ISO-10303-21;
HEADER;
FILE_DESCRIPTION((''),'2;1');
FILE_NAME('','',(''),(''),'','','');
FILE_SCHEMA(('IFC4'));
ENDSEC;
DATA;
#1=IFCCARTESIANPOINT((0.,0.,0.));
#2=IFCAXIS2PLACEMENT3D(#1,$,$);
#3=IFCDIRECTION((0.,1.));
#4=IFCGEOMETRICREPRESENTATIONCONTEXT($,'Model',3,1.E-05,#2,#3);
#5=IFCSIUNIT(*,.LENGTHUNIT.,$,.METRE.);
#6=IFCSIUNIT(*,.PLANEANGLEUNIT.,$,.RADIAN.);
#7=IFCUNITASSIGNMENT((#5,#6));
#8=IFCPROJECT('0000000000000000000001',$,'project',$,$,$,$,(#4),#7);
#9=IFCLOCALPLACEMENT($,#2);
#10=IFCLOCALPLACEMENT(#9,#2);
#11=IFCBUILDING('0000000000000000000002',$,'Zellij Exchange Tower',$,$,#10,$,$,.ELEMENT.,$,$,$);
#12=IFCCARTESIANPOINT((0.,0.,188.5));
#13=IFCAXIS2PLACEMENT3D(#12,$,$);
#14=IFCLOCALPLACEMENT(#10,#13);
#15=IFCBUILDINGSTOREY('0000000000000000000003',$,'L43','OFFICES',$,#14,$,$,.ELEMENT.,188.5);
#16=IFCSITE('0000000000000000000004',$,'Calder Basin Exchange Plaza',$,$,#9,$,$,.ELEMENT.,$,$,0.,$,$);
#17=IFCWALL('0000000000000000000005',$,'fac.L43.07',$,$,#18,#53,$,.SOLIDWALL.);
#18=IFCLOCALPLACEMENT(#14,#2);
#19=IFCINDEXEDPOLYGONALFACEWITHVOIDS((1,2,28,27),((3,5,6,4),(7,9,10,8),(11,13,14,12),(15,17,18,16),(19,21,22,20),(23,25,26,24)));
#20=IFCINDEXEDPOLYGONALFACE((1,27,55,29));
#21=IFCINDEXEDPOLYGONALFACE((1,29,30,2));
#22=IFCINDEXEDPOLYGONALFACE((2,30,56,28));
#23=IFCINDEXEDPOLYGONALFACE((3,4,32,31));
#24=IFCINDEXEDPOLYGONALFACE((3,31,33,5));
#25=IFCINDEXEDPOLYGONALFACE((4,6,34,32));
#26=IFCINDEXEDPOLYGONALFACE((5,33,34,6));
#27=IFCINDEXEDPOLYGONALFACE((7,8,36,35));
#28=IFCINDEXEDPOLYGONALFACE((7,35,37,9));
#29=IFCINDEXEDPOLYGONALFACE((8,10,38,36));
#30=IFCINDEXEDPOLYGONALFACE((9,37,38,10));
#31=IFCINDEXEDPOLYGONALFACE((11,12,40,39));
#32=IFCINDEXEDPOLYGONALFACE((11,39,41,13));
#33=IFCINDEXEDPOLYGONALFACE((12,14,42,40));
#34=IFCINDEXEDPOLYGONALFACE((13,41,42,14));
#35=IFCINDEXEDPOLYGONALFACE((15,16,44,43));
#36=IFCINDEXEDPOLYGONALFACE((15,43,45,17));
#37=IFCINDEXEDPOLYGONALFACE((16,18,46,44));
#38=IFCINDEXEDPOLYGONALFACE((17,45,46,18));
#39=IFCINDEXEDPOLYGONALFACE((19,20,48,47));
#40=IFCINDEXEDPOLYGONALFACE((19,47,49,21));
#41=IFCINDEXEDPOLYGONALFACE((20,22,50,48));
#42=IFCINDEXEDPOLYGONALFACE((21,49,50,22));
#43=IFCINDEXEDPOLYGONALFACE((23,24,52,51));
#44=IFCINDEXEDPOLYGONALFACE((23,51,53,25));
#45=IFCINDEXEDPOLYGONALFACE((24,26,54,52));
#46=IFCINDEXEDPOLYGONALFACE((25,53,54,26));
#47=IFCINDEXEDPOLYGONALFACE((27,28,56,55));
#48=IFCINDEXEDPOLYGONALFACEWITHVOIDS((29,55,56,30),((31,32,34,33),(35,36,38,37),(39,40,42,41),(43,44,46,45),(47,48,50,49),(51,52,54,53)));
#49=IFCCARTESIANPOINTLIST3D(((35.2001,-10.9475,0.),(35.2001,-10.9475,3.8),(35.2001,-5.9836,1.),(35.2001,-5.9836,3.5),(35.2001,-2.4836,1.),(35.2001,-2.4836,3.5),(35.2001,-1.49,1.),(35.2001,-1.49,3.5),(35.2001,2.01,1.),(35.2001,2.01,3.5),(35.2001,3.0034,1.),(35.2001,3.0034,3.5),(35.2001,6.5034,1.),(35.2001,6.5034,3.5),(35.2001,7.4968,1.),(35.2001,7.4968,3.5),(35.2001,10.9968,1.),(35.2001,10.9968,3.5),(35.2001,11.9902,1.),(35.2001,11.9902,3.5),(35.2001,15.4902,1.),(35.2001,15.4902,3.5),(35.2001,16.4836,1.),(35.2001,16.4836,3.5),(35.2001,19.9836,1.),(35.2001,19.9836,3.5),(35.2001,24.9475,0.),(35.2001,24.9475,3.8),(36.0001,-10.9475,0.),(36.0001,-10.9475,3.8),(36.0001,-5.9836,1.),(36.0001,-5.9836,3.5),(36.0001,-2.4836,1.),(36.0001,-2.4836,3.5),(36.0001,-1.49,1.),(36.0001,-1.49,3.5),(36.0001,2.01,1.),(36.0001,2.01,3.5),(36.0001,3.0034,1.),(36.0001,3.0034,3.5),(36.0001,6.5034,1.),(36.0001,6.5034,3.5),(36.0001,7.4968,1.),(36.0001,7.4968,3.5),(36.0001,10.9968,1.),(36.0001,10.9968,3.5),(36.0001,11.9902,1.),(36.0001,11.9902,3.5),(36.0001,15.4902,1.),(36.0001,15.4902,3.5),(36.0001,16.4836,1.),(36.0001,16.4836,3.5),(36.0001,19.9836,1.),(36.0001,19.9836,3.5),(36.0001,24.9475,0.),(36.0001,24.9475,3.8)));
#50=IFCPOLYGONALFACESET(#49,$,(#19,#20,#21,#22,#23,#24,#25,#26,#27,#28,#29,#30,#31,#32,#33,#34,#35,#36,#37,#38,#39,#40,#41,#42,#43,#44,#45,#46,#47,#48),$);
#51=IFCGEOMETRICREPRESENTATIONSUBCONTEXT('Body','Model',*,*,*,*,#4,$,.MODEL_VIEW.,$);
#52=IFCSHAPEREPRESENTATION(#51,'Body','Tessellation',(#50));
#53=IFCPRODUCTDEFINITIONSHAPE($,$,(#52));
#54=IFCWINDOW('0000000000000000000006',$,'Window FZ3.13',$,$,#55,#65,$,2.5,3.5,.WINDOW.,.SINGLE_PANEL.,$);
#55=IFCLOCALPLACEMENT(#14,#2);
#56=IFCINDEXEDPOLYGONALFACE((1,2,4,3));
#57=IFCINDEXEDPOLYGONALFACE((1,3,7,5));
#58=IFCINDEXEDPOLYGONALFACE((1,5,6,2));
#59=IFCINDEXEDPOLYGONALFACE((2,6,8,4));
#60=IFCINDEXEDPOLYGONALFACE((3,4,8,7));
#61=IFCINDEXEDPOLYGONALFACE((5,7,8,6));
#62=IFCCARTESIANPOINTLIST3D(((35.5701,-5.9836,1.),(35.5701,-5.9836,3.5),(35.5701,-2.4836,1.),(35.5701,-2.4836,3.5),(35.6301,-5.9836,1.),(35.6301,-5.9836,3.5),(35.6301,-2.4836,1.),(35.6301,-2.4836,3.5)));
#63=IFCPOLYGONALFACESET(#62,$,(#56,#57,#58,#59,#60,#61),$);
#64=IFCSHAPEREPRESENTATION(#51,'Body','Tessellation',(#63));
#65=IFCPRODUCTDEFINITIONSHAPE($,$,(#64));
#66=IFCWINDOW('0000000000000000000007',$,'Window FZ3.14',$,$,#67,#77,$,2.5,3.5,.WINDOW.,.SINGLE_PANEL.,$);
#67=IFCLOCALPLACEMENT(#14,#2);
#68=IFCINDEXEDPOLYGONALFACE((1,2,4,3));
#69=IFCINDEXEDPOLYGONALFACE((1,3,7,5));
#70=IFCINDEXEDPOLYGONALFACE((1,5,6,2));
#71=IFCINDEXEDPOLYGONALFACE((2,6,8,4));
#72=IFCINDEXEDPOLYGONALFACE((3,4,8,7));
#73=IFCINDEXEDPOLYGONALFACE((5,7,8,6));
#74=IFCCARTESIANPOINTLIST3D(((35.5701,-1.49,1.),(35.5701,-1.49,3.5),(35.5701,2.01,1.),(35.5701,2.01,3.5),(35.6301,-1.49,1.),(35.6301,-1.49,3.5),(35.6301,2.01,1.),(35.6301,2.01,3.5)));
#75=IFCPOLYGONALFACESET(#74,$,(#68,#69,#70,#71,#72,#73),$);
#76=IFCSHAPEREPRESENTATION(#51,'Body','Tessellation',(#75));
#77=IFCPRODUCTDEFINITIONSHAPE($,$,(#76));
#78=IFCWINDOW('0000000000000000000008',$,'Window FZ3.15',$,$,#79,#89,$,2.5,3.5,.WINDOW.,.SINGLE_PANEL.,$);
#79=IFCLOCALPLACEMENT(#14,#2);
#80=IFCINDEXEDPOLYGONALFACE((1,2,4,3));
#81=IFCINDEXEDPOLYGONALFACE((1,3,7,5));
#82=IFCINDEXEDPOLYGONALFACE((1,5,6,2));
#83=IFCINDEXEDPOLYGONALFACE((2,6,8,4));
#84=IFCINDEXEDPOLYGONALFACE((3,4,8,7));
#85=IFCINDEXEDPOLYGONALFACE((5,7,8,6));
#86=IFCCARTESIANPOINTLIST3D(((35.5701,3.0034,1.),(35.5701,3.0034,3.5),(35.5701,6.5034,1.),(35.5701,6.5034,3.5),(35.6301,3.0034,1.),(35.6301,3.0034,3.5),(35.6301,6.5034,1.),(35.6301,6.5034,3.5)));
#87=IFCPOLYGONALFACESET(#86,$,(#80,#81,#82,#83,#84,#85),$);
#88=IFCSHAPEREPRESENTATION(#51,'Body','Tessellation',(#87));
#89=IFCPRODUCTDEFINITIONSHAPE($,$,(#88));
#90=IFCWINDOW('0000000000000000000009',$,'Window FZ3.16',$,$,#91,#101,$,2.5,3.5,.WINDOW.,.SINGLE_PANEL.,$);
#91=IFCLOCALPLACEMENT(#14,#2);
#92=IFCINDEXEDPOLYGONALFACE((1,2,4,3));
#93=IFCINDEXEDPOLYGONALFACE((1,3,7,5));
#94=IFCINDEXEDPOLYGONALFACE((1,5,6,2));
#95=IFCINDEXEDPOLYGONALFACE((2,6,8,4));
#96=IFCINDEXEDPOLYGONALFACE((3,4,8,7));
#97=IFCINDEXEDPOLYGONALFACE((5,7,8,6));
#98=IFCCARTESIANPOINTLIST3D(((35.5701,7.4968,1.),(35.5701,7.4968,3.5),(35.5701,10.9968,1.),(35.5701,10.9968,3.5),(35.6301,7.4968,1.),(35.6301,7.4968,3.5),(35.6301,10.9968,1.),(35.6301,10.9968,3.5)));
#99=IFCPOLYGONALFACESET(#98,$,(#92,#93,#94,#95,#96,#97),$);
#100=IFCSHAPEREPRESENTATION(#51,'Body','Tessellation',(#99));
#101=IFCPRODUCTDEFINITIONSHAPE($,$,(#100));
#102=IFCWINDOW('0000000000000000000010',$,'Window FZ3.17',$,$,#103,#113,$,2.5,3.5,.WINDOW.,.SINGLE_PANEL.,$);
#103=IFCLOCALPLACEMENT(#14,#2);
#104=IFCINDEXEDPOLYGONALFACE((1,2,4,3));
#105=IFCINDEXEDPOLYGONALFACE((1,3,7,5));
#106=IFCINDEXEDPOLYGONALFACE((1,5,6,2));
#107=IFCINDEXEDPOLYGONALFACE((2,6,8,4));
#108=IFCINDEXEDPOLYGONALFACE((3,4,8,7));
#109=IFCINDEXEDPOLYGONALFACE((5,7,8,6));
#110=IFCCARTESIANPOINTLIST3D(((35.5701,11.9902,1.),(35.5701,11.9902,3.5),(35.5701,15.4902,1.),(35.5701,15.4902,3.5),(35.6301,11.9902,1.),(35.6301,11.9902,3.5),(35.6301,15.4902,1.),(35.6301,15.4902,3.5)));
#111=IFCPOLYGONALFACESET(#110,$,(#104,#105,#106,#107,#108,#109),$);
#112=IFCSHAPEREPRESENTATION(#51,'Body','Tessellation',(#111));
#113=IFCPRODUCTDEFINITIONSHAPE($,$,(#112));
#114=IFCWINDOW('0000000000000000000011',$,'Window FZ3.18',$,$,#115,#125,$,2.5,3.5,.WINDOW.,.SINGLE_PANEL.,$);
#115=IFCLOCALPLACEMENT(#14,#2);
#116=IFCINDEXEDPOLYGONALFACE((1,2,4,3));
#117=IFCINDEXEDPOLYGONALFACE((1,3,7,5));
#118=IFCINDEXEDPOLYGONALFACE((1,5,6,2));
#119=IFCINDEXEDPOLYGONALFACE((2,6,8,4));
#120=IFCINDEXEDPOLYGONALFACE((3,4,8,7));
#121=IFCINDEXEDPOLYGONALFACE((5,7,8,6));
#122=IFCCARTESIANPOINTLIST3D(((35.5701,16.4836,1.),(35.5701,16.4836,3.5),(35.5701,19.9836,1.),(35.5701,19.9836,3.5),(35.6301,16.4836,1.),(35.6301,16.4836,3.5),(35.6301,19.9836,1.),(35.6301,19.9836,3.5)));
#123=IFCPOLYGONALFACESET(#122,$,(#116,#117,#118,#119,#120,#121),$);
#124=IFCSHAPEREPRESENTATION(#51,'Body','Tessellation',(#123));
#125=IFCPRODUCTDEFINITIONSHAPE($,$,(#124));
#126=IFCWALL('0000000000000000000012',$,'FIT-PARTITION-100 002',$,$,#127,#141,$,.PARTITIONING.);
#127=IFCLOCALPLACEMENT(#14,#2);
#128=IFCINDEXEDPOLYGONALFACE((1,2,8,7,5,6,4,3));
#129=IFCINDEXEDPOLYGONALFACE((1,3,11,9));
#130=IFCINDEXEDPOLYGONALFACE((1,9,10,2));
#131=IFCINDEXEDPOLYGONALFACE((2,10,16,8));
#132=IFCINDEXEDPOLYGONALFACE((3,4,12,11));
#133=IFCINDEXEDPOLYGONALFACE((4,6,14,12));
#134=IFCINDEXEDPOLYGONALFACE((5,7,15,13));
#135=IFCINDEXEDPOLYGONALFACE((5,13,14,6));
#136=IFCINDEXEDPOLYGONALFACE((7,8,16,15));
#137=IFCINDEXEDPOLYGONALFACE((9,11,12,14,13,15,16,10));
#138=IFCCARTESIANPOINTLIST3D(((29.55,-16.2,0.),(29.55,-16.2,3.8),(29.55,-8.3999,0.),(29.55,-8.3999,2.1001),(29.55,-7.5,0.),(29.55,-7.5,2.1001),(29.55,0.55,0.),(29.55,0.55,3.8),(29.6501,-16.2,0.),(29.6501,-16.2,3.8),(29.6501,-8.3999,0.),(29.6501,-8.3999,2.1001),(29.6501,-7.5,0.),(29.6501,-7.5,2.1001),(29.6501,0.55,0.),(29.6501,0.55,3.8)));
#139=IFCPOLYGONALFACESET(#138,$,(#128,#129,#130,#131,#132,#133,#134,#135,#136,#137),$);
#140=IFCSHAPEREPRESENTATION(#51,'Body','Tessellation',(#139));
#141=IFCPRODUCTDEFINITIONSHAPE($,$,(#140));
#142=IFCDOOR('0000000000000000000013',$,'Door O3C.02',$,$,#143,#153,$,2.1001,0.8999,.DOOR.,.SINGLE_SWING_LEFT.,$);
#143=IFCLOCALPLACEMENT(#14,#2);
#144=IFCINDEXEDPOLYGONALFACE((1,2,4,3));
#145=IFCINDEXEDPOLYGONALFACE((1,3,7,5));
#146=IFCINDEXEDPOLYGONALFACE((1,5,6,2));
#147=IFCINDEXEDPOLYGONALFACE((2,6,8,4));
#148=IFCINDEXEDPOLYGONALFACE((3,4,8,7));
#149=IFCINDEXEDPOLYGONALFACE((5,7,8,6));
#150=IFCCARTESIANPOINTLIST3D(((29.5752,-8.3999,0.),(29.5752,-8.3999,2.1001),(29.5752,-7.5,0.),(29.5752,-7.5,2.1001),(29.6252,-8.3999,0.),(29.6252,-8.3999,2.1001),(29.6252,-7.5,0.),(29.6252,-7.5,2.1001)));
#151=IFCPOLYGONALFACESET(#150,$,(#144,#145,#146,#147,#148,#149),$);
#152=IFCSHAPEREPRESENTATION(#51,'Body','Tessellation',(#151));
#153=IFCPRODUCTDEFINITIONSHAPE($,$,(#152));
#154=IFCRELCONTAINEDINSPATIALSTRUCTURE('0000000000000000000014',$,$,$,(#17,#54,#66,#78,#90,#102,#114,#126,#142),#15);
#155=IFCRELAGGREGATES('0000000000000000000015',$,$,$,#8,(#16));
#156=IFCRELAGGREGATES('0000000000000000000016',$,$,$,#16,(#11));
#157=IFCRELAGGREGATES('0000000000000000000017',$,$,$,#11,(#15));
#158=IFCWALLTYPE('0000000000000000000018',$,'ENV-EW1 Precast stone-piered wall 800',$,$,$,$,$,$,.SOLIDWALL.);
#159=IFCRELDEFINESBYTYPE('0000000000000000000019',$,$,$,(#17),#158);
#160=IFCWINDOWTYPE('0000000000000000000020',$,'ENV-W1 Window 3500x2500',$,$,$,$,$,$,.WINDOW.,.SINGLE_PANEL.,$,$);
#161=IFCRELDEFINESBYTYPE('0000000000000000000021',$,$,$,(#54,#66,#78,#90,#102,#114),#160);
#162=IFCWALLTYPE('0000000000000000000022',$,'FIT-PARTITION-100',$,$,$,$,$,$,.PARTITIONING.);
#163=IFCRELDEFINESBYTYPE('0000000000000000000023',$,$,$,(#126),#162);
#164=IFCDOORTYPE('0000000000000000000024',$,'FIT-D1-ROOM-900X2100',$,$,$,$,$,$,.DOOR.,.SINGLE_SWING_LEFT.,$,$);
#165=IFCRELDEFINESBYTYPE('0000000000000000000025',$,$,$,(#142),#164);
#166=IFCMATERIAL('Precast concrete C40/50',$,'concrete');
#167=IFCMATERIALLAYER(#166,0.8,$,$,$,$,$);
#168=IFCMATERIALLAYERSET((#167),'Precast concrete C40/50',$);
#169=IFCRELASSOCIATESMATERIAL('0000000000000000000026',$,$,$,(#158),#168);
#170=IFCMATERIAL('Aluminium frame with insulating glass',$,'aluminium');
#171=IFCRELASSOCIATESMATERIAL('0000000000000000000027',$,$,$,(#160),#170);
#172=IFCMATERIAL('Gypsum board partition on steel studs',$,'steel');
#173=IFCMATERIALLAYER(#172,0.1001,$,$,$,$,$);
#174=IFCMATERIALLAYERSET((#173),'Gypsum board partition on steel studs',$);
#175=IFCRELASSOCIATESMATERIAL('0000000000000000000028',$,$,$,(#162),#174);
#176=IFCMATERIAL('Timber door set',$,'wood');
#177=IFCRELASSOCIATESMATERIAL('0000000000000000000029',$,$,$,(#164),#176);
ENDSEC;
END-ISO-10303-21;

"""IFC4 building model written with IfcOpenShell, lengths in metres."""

from ifc_helpers import new_model, si_unit, direction, frame, frame_2d, origin, place, context, subcontext, project, spatial, rectangle, extrude, material, layer, layer_set, type_object, element, fill, save


model = new_model("IFC4")

# Units and contexts
model_context = context("Model", 3, precision=1e-05, world=origin(), true_north=direction((0.0, 1.0)))
body_context = subcontext(model_context, "Body", "Model", "MODEL_VIEW")
ifc_project = project(units=[si_unit("LENGTHUNIT", "METRE"), si_unit("PLANEANGLEUNIT", "RADIAN")], contexts=[model_context])

# Site, building, storey
site_placement = place(None, origin())
site = spatial("IfcSite", under=ifc_project, at=site_placement, Name="Calder Basin Exchange Plaza", CompositionType="ELEMENT", RefElevation=0.0)
building_placement = place(site_placement, origin())
building = spatial("IfcBuilding", under=site, at=building_placement, Name="Zellij Exchange Tower", CompositionType="ELEMENT")
storey_placement = place(building_placement, frame((0.0, 0.0, 188.5)))
storey = spatial("IfcBuildingStorey", under=building, at=storey_placement, Name="L43", Description="OFFICES", CompositionType="ELEMENT", Elevation=188.5)

# Shared definitions
ifc_material_1 = material(Name="Precast concrete C40/50", Category="concrete")
ifc_layer_1 = layer(ifc_material_1, 0.8)
ifc_layer_set_1 = layer_set([ifc_layer_1], Name="Precast concrete C40/50")
wall_type_1 = type_object("IfcWallType", Name="ENV-EW1 Precast stone-piered wall 800", PredefinedType="SOLIDWALL", material=ifc_layer_set_1)

# Wall, openings, windows
wall_1_placement = place(storey_placement, frame((35.6001, -10.9475, 0.0), z_axis=(0.0, 0.0, 1.0), x_axis=(0.0, 1.0, 0.0)))
wall_1 = element("IfcWall", 1, at=wall_1_placement, inside=storey, type_object=wall_type_1, Name="fac.L43.07", PredefinedType="SOLIDWALL", context=body_context, shape_type="SweptSolid", body=[
    extrude(rectangle(XDim=35.895, YDim=0.8, at=frame_2d((17.9475, 0.0))), origin(), (0.0, 0.0, 1.0), 3.8),
])
opening_1_placement = place(wall_1_placement, frame((4.9639, 0.0, 1.0)))
opening_1 = element("IfcOpeningElement", 2, at=opening_1_placement, cuts=wall_1, PredefinedType="OPENING", context=body_context, shape_type="SweptSolid", body=[
    extrude(rectangle(XDim=3.5, YDim=2.5, at=frame_2d((1.75, 1.25))), frame((0.0, 0.4121, 0.0), z_axis=(0.0, -1.0, 0.0), x_axis=(1.0, 0.0, 0.0)), (0.0, 0.0, 1.0), 0.824),
])
opening_2_placement = place(wall_1_placement, frame((9.4575, 0.0, 1.0)))
opening_2 = element("IfcOpeningElement", 3, at=opening_2_placement, cuts=wall_1, PredefinedType="OPENING", context=body_context, shape_type="SweptSolid", body=[
    extrude(rectangle(XDim=3.5, YDim=2.5, at=frame_2d((1.75, 1.25))), frame((0.0, 0.4121, 0.0), z_axis=(0.0, -1.0, 0.0), x_axis=(1.0, 0.0, 0.0)), (0.0, 0.0, 1.0), 0.824),
])
opening_3_placement = place(wall_1_placement, frame((13.9509, 0.0, 1.0)))
opening_3 = element("IfcOpeningElement", 4, at=opening_3_placement, cuts=wall_1, PredefinedType="OPENING", context=body_context, shape_type="SweptSolid", body=[
    extrude(rectangle(XDim=3.5, YDim=2.5, at=frame_2d((1.75, 1.25))), frame((0.0, 0.4121, 0.0), z_axis=(0.0, -1.0, 0.0), x_axis=(1.0, 0.0, 0.0)), (0.0, 0.0, 1.0), 0.824),
])
opening_4_placement = place(wall_1_placement, frame((18.4443, 0.0, 1.0)))
opening_4 = element("IfcOpeningElement", 5, at=opening_4_placement, cuts=wall_1, PredefinedType="OPENING", context=body_context, shape_type="SweptSolid", body=[
    extrude(rectangle(XDim=3.5, YDim=2.5, at=frame_2d((1.75, 1.25))), frame((0.0, 0.4121, 0.0), z_axis=(0.0, -1.0, 0.0), x_axis=(1.0, 0.0, 0.0)), (0.0, 0.0, 1.0), 0.824),
])
opening_5_placement = place(wall_1_placement, frame((22.9377, 0.0, 1.0)))
opening_5 = element("IfcOpeningElement", 6, at=opening_5_placement, cuts=wall_1, PredefinedType="OPENING", context=body_context, shape_type="SweptSolid", body=[
    extrude(rectangle(XDim=3.5, YDim=2.5, at=frame_2d((1.75, 1.25))), frame((0.0, 0.4121, 0.0), z_axis=(0.0, -1.0, 0.0), x_axis=(1.0, 0.0, 0.0)), (0.0, 0.0, 1.0), 0.824),
])
opening_6_placement = place(wall_1_placement, frame((27.4312, 0.0, 1.0)))
opening_6 = element("IfcOpeningElement", 7, at=opening_6_placement, cuts=wall_1, PredefinedType="OPENING", context=body_context, shape_type="SweptSolid", body=[
    extrude(rectangle(XDim=3.5, YDim=2.5, at=frame_2d((1.75, 1.25))), frame((0.0, 0.4121, 0.0), z_axis=(0.0, -1.0, 0.0), x_axis=(1.0, 0.0, 0.0)), (0.0, 0.0, 1.0), 0.824),
])
ifc_material_2 = material(Name="Aluminium frame with insulating glass", Category="aluminium")
window_type = type_object("IfcWindowType", Name="ENV-W1 Window 3500x2500", PartitioningType="SINGLE_PANEL", PredefinedType="WINDOW", material=ifc_material_2)
window_1_placement = place(opening_1_placement, origin())
window_1 = element("IfcWindow", 8, at=window_1_placement, inside=storey, type_object=window_type, Name="Window FZ3.13", OverallHeight=2.5, OverallWidth=3.5, PartitioningType="SINGLE_PANEL", PredefinedType="WINDOW", context=body_context, shape_type="SweptSolid", body=[
    extrude(rectangle(XDim=3.5, YDim=2.5, at=frame_2d((1.75, 1.25))), frame((0.0, 0.03, 0.0), z_axis=(0.0, -1.0, 0.0), x_axis=(1.0, 0.0, 0.0)), (0.0, 0.0, 1.0), 0.0601),
])
fill(opening_1, window_1)
window_2_placement = place(opening_2_placement, origin())
window_2 = element("IfcWindow", 9, at=window_2_placement, inside=storey, type_object=window_type, Name="Window FZ3.14", OverallHeight=2.5, OverallWidth=3.5, PartitioningType="SINGLE_PANEL", PredefinedType="WINDOW", context=body_context, shape_type="SweptSolid", body=[
    extrude(rectangle(XDim=3.5, YDim=2.5, at=frame_2d((1.75, 1.25))), frame((0.0, 0.03, 0.0), z_axis=(0.0, -1.0, 0.0), x_axis=(1.0, 0.0, 0.0)), (0.0, 0.0, 1.0), 0.0601),
])
fill(opening_2, window_2)
window_3_placement = place(opening_3_placement, origin())
window_3 = element("IfcWindow", 10, at=window_3_placement, inside=storey, type_object=window_type, Name="Window FZ3.15", OverallHeight=2.5, OverallWidth=3.5, PartitioningType="SINGLE_PANEL", PredefinedType="WINDOW", context=body_context, shape_type="SweptSolid", body=[
    extrude(rectangle(XDim=3.5, YDim=2.5, at=frame_2d((1.75, 1.25))), frame((0.0, 0.03, 0.0), z_axis=(0.0, -1.0, 0.0), x_axis=(1.0, 0.0, 0.0)), (0.0, 0.0, 1.0), 0.0601),
])
fill(opening_3, window_3)
window_4_placement = place(opening_4_placement, origin())
window_4 = element("IfcWindow", 11, at=window_4_placement, inside=storey, type_object=window_type, Name="Window FZ3.16", OverallHeight=2.5, OverallWidth=3.5, PartitioningType="SINGLE_PANEL", PredefinedType="WINDOW", context=body_context, shape_type="SweptSolid", body=[
    extrude(rectangle(XDim=3.5, YDim=2.5, at=frame_2d((1.75, 1.25))), frame((0.0, 0.03, 0.0), z_axis=(0.0, -1.0, 0.0), x_axis=(1.0, 0.0, 0.0)), (0.0, 0.0, 1.0), 0.0601),
])
fill(opening_4, window_4)
window_5_placement = place(opening_5_placement, origin())
window_5 = element("IfcWindow", 12, at=window_5_placement, inside=storey, type_object=window_type, Name="Window FZ3.17", OverallHeight=2.5, OverallWidth=3.5, PartitioningType="SINGLE_PANEL", PredefinedType="WINDOW", context=body_context, shape_type="SweptSolid", body=[
    extrude(rectangle(XDim=3.5, YDim=2.5, at=frame_2d((1.75, 1.25))), frame((0.0, 0.03, 0.0), z_axis=(0.0, -1.0, 0.0), x_axis=(1.0, 0.0, 0.0)), (0.0, 0.0, 1.0), 0.0601),
])
fill(opening_5, window_5)
window_6_placement = place(opening_6_placement, origin())
window_6 = element("IfcWindow", 13, at=window_6_placement, inside=storey, type_object=window_type, Name="Window FZ3.18", OverallHeight=2.5, OverallWidth=3.5, PartitioningType="SINGLE_PANEL", PredefinedType="WINDOW", context=body_context, shape_type="SweptSolid", body=[
    extrude(rectangle(XDim=3.5, YDim=2.5, at=frame_2d((1.75, 1.25))), frame((0.0, 0.03, 0.0), z_axis=(0.0, -1.0, 0.0), x_axis=(1.0, 0.0, 0.0)), (0.0, 0.0, 1.0), 0.0601),
])
fill(opening_6, window_6)

# Wall, opening, door
ifc_material_3 = material(Name="Gypsum board partition on steel studs", Category="steel")
ifc_layer_2 = layer(ifc_material_3, 0.1001)
ifc_layer_set_2 = layer_set([ifc_layer_2], Name="Gypsum board partition on steel studs")
wall_type_2 = type_object("IfcWallType", Name="FIT-PARTITION-100", PredefinedType="PARTITIONING", material=ifc_layer_set_2)
wall_2_placement = place(storey_placement, frame((29.6001, -16.2, 0.0), z_axis=(0.0, 0.0, 1.0), x_axis=(0.0, 1.0, 0.0)))
wall_2 = element("IfcWall", 14, at=wall_2_placement, inside=storey, type_object=wall_type_2, Name="FIT-PARTITION-100 002", PredefinedType="PARTITIONING", context=body_context, shape_type="SweptSolid", body=[
    extrude(rectangle(XDim=16.75, YDim=0.1001, at=frame_2d((8.375, 0.0))), origin(), (0.0, 0.0, 1.0), 3.8),
])
opening_7_placement = place(wall_2_placement, frame((7.8, 0.0, 0.0)))
opening_7 = element("IfcOpeningElement", 15, at=opening_7_placement, cuts=wall_2, PredefinedType="OPENING", context=body_context, shape_type="SweptSolid", body=[
    extrude(rectangle(XDim=0.8999, YDim=2.1001, at=frame_2d((0.45, 1.05))), frame((0.0, 0.062, 0.0), z_axis=(0.0, -1.0, 0.0), x_axis=(1.0, 0.0, 0.0)), (0.0, 0.0, 1.0), 0.124),
])
ifc_material_4 = material(Name="Timber door set", Category="wood")
door_type_1 = type_object("IfcDoorType", Name="FIT-D1-ROOM-900X2100", OperationType="SINGLE_SWING_LEFT", PredefinedType="DOOR", material=ifc_material_4)
door_1_placement = place(opening_7_placement, origin())
door_1 = element("IfcDoor", 16, at=door_1_placement, inside=storey, type_object=door_type_1, Name="Door O3C.02", OperationType="SINGLE_SWING_LEFT", OverallHeight=2.1001, OverallWidth=0.8999, PredefinedType="DOOR", context=body_context, shape_type="SweptSolid", body=[
    extrude(rectangle(XDim=0.8999, YDim=2.1001, at=frame_2d((0.45, 1.05))), frame((0.0, 0.0249, 0.0), z_axis=(0.0, -1.0, 0.0), x_axis=(1.0, 0.0, 0.0)), (0.0, 0.0, 1.0), 0.05),
])
fill(opening_7, door_1)

save(model, "model.ifc")
